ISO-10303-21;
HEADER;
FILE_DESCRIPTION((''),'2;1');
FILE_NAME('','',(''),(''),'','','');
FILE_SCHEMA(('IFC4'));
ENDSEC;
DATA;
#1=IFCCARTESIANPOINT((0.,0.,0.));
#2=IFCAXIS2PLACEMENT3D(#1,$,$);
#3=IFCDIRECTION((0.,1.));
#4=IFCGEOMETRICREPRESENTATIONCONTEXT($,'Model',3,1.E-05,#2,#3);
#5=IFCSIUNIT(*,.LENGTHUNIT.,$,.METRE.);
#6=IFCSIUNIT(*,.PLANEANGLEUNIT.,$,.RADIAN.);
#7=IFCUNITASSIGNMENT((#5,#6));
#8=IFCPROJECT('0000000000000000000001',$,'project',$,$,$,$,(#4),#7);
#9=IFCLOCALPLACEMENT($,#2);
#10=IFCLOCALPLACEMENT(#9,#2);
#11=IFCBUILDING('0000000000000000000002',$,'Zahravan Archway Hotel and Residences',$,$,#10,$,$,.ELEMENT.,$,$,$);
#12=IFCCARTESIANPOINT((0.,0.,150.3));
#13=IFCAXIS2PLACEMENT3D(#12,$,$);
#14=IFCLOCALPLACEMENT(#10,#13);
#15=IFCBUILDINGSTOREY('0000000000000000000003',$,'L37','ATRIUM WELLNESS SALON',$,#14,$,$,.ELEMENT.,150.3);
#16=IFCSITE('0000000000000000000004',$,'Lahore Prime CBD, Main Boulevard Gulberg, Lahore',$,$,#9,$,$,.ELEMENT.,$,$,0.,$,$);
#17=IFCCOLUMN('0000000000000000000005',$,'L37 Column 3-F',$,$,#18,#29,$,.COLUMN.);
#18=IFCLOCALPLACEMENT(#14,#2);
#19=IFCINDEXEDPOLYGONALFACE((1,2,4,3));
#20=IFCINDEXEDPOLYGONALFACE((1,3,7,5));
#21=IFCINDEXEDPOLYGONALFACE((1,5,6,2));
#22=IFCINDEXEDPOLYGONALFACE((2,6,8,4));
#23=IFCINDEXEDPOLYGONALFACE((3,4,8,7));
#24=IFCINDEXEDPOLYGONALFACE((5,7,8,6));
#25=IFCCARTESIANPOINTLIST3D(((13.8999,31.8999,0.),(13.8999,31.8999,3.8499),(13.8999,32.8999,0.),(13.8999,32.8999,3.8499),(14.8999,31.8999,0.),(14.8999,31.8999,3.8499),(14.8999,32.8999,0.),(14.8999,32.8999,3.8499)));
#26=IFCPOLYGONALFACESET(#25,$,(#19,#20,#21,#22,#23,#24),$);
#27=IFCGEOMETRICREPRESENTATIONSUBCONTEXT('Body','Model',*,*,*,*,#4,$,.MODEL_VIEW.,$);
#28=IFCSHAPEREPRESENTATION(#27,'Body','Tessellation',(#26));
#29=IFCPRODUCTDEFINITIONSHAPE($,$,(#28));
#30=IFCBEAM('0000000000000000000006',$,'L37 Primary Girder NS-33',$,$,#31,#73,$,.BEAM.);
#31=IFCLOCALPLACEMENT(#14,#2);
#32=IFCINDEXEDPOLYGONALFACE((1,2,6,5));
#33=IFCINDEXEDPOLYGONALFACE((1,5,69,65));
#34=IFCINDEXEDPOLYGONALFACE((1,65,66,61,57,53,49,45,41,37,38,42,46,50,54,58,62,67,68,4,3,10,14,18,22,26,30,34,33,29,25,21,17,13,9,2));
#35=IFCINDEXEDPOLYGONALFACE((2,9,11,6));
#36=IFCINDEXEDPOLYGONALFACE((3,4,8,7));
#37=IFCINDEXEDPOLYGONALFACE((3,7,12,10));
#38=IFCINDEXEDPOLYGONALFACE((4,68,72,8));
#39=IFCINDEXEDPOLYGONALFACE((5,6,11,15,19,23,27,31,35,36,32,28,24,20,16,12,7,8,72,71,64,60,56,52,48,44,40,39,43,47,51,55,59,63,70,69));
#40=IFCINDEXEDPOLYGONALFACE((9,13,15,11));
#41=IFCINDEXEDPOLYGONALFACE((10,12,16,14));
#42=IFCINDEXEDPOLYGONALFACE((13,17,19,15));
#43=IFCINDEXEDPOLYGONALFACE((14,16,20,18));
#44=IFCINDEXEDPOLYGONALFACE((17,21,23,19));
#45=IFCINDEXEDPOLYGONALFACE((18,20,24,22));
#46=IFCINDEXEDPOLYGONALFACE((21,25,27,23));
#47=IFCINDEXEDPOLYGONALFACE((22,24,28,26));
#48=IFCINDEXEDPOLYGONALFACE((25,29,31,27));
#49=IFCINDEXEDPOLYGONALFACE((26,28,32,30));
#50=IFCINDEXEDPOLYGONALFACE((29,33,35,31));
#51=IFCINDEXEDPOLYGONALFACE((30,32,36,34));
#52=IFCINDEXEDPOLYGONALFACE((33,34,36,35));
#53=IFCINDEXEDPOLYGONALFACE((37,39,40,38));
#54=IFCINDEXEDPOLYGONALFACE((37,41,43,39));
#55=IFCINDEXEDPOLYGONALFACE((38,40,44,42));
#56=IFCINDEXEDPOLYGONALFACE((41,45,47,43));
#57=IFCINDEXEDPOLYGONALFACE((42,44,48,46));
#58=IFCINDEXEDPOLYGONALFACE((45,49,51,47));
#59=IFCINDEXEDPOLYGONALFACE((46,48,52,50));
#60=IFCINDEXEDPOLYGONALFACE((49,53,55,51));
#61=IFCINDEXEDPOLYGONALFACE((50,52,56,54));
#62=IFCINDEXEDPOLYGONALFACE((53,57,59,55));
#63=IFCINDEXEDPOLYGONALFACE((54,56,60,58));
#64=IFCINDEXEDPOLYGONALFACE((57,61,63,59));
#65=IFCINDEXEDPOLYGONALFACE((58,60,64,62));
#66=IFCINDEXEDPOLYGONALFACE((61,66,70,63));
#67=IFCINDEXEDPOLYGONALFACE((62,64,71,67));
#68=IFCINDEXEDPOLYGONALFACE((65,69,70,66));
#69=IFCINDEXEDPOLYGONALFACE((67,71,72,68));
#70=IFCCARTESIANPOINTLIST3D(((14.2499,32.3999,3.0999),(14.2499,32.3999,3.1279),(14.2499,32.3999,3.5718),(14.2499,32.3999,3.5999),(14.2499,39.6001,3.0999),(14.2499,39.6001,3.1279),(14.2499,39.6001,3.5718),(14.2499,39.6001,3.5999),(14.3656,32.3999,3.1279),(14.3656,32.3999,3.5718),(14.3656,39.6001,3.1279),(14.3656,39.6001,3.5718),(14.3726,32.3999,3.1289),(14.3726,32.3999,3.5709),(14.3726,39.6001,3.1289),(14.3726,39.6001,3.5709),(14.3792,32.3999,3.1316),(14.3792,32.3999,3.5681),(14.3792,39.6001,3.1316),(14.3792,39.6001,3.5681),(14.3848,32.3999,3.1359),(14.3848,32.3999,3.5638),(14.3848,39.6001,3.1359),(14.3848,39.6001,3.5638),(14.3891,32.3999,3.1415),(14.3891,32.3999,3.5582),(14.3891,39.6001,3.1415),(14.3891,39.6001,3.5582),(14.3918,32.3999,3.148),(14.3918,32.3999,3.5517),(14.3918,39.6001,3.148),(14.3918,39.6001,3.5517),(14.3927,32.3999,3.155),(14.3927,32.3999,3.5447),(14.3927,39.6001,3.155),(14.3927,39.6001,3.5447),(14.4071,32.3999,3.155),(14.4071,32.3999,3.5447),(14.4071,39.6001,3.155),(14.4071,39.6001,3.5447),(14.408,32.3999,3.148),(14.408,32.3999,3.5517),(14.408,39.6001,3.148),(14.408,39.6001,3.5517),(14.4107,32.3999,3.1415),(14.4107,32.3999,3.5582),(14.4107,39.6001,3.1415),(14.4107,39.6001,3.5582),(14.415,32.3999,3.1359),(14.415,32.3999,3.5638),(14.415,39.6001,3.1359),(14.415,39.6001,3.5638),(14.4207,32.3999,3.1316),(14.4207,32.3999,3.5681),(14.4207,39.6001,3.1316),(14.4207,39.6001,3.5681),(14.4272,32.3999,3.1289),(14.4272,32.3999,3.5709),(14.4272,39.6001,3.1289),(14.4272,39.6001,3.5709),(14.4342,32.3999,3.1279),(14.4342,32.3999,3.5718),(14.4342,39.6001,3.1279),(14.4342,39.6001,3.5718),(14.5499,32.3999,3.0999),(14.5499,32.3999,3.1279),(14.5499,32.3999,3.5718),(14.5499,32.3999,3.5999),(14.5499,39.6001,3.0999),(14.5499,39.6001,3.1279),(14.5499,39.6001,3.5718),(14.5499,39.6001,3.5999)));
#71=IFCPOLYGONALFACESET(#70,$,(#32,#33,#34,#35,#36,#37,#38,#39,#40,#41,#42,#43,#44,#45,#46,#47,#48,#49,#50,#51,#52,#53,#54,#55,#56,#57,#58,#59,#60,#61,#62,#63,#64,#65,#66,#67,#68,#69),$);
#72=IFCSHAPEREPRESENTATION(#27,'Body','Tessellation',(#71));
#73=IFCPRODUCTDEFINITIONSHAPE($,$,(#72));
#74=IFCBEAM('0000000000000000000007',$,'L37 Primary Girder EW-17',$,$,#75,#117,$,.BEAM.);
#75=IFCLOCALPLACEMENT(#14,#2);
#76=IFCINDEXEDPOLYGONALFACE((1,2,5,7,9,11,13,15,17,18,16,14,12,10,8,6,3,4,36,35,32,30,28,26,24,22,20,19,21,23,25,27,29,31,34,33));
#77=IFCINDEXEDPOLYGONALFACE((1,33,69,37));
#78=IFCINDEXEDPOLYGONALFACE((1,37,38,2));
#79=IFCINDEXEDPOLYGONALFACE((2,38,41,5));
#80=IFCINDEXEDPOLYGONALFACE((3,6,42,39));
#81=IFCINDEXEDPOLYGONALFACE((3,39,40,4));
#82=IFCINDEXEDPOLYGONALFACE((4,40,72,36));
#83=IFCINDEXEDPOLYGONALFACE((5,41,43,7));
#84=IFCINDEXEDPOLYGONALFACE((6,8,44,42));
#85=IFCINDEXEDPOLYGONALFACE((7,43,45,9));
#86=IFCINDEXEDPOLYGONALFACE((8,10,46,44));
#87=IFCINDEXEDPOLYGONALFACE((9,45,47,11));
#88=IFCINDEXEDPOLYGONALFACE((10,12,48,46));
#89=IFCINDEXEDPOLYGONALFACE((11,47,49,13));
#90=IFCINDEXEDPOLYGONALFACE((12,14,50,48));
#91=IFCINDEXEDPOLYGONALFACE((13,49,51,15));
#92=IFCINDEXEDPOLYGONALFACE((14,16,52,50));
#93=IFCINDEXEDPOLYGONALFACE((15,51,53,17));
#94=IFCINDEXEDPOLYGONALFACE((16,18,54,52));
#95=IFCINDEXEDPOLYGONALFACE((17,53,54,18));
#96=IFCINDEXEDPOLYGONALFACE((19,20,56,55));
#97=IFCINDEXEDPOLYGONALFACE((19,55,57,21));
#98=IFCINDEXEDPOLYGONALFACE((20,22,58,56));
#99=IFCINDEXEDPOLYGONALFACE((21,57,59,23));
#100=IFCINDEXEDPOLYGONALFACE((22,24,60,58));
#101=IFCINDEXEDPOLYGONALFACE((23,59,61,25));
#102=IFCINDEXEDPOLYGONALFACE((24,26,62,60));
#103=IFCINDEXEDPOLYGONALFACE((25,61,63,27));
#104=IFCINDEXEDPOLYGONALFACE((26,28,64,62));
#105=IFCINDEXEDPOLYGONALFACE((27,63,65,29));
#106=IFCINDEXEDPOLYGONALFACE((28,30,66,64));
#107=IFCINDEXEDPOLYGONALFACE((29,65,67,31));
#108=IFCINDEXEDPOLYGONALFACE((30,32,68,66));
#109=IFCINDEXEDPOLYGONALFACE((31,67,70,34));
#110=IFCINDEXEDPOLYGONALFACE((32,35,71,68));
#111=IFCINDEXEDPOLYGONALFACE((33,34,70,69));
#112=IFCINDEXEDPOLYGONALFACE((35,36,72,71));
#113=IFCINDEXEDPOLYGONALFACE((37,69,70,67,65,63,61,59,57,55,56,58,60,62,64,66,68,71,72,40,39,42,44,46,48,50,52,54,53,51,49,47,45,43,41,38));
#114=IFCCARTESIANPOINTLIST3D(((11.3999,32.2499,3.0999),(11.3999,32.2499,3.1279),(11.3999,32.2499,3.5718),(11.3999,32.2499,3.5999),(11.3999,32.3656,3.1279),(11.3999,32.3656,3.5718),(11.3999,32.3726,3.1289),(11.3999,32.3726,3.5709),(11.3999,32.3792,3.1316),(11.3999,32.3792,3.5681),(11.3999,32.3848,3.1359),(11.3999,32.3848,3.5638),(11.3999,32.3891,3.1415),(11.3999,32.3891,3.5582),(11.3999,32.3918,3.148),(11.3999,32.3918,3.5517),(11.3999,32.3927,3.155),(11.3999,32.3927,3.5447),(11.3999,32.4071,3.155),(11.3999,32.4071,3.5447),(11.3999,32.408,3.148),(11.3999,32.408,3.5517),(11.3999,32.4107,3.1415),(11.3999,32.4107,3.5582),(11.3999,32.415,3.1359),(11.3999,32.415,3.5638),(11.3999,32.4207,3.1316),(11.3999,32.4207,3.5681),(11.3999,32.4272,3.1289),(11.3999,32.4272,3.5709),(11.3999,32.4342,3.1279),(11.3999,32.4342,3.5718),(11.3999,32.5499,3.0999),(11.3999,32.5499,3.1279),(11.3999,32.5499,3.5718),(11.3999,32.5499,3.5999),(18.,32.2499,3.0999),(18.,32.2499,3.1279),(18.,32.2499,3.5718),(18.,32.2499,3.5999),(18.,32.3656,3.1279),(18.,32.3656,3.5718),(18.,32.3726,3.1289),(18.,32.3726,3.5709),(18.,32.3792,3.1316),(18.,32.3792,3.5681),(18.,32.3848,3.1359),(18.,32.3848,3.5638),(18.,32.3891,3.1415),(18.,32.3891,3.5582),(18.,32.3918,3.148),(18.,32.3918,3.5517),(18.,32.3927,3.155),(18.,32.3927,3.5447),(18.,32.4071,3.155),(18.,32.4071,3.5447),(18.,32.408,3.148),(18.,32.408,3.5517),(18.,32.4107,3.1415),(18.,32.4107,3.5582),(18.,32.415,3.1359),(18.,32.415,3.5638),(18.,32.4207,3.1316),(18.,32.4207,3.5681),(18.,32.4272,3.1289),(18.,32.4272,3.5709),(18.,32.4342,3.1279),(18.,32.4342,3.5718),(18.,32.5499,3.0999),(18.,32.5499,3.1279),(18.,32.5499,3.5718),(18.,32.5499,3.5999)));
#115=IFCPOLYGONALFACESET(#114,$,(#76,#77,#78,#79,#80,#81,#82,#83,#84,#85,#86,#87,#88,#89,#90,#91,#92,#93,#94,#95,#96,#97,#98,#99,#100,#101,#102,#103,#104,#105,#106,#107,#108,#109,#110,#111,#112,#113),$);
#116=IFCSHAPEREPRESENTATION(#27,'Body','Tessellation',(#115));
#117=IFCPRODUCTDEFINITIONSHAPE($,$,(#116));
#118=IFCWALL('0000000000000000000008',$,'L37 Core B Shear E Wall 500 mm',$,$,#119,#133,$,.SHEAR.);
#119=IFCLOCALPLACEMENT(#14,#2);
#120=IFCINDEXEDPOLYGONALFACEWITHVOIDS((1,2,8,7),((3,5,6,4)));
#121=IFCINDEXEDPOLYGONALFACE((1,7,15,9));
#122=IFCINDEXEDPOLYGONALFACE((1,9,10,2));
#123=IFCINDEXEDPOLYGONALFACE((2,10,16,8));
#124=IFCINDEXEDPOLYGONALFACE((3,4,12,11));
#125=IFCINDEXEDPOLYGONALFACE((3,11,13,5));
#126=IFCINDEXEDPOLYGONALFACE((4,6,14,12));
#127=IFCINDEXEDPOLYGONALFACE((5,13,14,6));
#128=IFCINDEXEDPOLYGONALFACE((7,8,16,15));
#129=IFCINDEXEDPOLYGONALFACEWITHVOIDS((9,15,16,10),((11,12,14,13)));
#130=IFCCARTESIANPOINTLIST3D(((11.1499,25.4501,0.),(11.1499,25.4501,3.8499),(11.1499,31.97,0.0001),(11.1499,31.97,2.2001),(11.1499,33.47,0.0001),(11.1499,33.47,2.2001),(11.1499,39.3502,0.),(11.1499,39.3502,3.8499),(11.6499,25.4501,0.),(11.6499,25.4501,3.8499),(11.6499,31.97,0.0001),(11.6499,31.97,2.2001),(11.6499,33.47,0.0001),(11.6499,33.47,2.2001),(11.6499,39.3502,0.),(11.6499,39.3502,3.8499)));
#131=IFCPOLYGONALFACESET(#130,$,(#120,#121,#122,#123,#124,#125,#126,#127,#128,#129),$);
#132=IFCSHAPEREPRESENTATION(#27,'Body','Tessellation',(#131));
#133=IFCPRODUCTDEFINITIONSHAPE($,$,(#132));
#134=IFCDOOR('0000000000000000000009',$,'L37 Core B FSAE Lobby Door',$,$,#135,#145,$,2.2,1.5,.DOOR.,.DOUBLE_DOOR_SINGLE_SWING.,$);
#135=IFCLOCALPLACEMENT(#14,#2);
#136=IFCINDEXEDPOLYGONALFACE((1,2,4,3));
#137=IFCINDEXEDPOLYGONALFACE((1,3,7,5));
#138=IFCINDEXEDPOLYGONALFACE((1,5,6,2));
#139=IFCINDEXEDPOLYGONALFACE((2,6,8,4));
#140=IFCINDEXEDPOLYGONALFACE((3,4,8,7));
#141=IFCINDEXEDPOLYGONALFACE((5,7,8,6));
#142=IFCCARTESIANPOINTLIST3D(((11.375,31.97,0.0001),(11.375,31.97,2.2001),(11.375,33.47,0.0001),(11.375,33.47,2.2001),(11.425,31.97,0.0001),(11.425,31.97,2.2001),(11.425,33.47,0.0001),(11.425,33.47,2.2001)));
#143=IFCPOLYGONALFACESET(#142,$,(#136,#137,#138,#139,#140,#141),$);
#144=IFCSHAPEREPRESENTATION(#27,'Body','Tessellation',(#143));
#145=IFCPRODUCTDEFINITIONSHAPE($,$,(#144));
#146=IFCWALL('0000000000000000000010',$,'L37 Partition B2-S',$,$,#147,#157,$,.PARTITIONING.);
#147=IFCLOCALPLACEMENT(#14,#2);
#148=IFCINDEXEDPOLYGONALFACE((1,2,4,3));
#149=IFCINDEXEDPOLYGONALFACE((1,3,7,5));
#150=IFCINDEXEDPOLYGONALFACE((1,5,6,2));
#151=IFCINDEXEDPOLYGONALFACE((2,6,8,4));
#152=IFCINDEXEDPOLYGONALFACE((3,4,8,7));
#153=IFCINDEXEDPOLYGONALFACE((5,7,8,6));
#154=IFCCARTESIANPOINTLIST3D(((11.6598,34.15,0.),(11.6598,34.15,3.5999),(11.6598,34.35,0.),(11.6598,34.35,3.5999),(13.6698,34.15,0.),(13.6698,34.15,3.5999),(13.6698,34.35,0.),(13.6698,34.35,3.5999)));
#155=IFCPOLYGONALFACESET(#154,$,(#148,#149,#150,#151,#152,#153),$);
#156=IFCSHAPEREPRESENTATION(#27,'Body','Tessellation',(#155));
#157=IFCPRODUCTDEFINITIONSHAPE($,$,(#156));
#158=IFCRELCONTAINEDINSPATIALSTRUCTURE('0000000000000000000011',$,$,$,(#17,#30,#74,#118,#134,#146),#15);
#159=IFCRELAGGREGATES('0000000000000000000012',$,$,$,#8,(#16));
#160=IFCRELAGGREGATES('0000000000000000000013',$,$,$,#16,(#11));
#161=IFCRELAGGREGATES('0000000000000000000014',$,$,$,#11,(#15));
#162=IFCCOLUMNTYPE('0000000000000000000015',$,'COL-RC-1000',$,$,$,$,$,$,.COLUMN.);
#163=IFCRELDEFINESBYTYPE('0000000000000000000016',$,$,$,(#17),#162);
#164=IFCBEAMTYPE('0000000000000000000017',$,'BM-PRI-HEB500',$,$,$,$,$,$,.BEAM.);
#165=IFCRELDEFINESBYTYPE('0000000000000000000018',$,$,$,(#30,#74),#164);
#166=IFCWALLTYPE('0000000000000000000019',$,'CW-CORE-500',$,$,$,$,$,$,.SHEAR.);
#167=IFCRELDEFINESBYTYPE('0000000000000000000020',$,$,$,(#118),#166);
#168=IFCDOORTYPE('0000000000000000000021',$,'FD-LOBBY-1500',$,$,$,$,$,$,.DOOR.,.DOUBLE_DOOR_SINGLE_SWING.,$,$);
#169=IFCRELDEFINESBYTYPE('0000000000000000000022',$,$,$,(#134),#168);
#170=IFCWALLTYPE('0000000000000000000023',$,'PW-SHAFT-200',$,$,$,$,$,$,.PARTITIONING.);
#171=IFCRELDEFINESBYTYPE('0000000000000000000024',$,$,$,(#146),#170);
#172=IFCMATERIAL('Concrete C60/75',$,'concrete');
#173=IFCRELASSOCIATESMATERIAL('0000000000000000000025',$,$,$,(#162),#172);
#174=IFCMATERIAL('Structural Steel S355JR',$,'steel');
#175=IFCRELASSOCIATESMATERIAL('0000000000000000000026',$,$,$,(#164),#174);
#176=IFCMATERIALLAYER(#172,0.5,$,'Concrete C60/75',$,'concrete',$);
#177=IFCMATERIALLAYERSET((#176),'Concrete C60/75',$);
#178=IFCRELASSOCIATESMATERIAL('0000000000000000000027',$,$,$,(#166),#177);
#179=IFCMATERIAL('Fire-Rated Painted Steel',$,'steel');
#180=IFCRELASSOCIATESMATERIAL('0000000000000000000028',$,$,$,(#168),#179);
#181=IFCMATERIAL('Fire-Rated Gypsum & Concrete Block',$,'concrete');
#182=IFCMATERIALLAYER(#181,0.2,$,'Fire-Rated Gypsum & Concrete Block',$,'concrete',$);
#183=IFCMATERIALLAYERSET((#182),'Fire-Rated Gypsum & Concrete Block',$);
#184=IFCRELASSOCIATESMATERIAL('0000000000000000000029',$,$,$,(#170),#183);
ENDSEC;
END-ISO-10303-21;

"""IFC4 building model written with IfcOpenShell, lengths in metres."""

from ifc_helpers import new_model, si_unit, direction, frame, frame_2d, origin, origin_2d, place, context, subcontext, project, spatial, rectangle, i_section, extrude, source, transform, mapped, material, layer, layer_set, material_profile, profile_set, type_object, type_shapes, element, fill, save


model = new_model("IFC4")

# Units and contexts
model_context = context("Model", 3, precision=1e-05, world=origin(), true_north=direction((0.0, 1.0)))
body_context = subcontext(model_context, "Body", "Model", "MODEL_VIEW")
ifc_project = project(units=[si_unit("LENGTHUNIT", "METRE"), si_unit("PLANEANGLEUNIT", "RADIAN")], contexts=[model_context])

# Site, building, storey
site_placement = place(None, origin())
site = spatial("IfcSite", under=ifc_project, at=site_placement, Name="Lahore Prime CBD, Main Boulevard Gulberg, Lahore", CompositionType="ELEMENT", RefElevation=0.0)
building_placement = place(site_placement, origin())
building = spatial("IfcBuilding", under=site, at=building_placement, Name="Zahravan Archway Hotel and Residences", CompositionType="ELEMENT")
storey_placement = place(building_placement, frame((0.0, 0.0, 150.3)))
storey = spatial("IfcBuildingStorey", under=building, at=storey_placement, Name="L37", Description="ATRIUM WELLNESS SALON", CompositionType="ELEMENT", Elevation=150.3)

# Column
ifc_material_1 = material(Name="Concrete C60/75", Category="concrete")
ifc_material_profile_1 = material_profile(ifc_material_1, rectangle(XDim=1.0, YDim=1.0, at=origin_2d()), Name="RC-COL-1000x1000", Category="concrete")
ifc_profile_set_1 = profile_set([ifc_material_profile_1], Name="Concrete C60/75")
column_type = type_object("IfcColumnType", Name="COL-RC-1000", PredefinedType="COLUMN", material=ifc_profile_set_1)
shared_shape_1 = source(origin(), body_context, "Body", "SweptSolid", [
    extrude(rectangle(XDim=1.0, YDim=1.0, at=origin_2d()), origin(), (0.0, 0.0, 1.0), 3.8499),
])
column_placement = place(storey_placement, frame((14.3999, 32.3999, 0.0), z_axis=(0.0, 0.0, 1.0), x_axis=(1.0, 0.0, 0.0)))
element("IfcColumn", 1, at=column_placement, inside=storey, type_object=column_type, Name="L37 Column 3-F", PredefinedType="COLUMN", context=body_context, shape_type="MappedRepresentation", body=[
    mapped(shared_shape_1, transform((0.0, 0.0, 0.0), scale=1.0)),
])

# Beams
ifc_material_2 = material(Name="Structural Steel S355JR", Category="steel")
ifc_material_profile_2 = material_profile(ifc_material_2, i_section(OverallWidth=0.3, OverallDepth=0.5, WebThickness=0.0144, FlangeThickness=0.0281, FilletRadius=0.0271, at=origin_2d()), Name="HEB 500", Category="steel")
ifc_profile_set_2 = profile_set([ifc_material_profile_2], Name="Structural Steel S355JR")
beam_type = type_object("IfcBeamType", Name="BM-PRI-HEB500", PredefinedType="BEAM", material=ifc_profile_set_2)
shared_shape_2 = source(origin(), body_context, "Body", "SweptSolid", [
    extrude(i_section(OverallWidth=0.3, OverallDepth=0.5, WebThickness=0.0144, FlangeThickness=0.0281, FilletRadius=0.0271, at=origin_2d()), origin(), (0.0, 0.0, 1.0), 7.2002),
])
type_shapes(beam_type, [shared_shape_2])
beam_1_placement = place(storey_placement, frame((14.3999, 32.3999, 3.3499), z_axis=(0.0, 1.0, 0.0), x_axis=(-1.0, 0.0, 0.0)))
element("IfcBeam", 2, at=beam_1_placement, inside=storey, type_object=beam_type, Name="L37 Primary Girder NS-33", PredefinedType="BEAM", context=body_context, shape_type="MappedRepresentation", body=[
    mapped(shared_shape_2, transform((0.0, 0.0, 0.0), scale=1.0)),
])
shared_shape_3 = source(origin(), body_context, "Body", "SweptSolid", [
    extrude(i_section(OverallWidth=0.3, OverallDepth=0.5, WebThickness=0.0144, FlangeThickness=0.0281, FilletRadius=0.0271, at=origin_2d()), origin(), (0.0, 0.0, 1.0), 6.6001),
])
beam_2_placement = place(storey_placement, frame((11.3999, 32.3999, 3.3499), z_axis=(1.0, 0.0, 0.0), x_axis=(0.0, 1.0, 0.0)))
element("IfcBeam", 3, at=beam_2_placement, inside=storey, type_object=beam_type, Name="L37 Primary Girder EW-17", PredefinedType="BEAM", context=body_context, shape_type="MappedRepresentation", body=[
    mapped(shared_shape_3, transform((0.0, 0.0, 0.0), scale=1.0)),
])

# Wall, opening, door
ifc_layer_1 = layer(ifc_material_1, 0.5, Name="Concrete C60/75", Category="concrete")
ifc_layer_set_1 = layer_set([ifc_layer_1], Name="Concrete C60/75")
wall_type_1 = type_object("IfcWallType", Name="CW-CORE-500", PredefinedType="SHEAR", material=ifc_layer_set_1)
wall_1_placement = place(storey_placement, frame((11.3999, 25.45, 0.0), z_axis=(0.0, 0.0, 1.0), x_axis=(0.0, 1.0, 0.0)))
wall_1 = element("IfcWall", 4, at=wall_1_placement, inside=storey, type_object=wall_type_1, Name="L37 Core B Shear E Wall 500 mm", PredefinedType="SHEAR", context=body_context, shape_type="SweptSolid", body=[
    extrude(rectangle(XDim=13.9001, YDim=0.5, at=frame_2d((6.9502, 0.0))), origin(), (0.0, 0.0, 1.0), 3.8499),
])
opening_1_placement = place(wall_1_placement, frame((6.52, 0.0, 0.0)))
opening_1 = element("IfcOpeningElement", 5, at=opening_1_placement, cuts=wall_1, PredefinedType="OPENING", context=body_context, shape_type="SweptSolid", body=[
    extrude(rectangle(XDim=1.5, YDim=2.2, at=frame_2d((0.75, 1.1001))), frame((0.0, 0.26, 0.0), z_axis=(0.0, -1.0, 0.0), x_axis=(1.0, 0.0, 0.0)), (0.0, 0.0, 1.0), 0.52),
])
ifc_material_3 = material(Name="Fire-Rated Painted Steel", Category="steel")
door_type_1 = type_object("IfcDoorType", Name="FD-LOBBY-1500", OperationType="DOUBLE_DOOR_SINGLE_SWING", PredefinedType="DOOR", material=ifc_material_3)
shared_shape_4 = source(origin(), body_context, "Body", "SweptSolid", [
    extrude(rectangle(XDim=1.5, YDim=2.2, at=frame_2d((0.75, 1.1001))), frame((0.0, 0.0249, 0.0), z_axis=(0.0, -1.0, 0.0), x_axis=(1.0, 0.0, 0.0)), (0.0, 0.0, 1.0), 0.05),
])
type_shapes(door_type_1, [shared_shape_4])
door_1_placement = place(opening_1_placement, origin())
door_1 = element("IfcDoor", 6, at=door_1_placement, inside=storey, type_object=door_type_1, Name="L37 Core B FSAE Lobby Door", OperationType="DOUBLE_DOOR_SINGLE_SWING", OverallHeight=2.2, OverallWidth=1.5, PredefinedType="DOOR", context=body_context, shape_type="MappedRepresentation", body=[
    mapped(shared_shape_4, transform((0.0, 0.0, 0.0), scale=1.0)),
])
fill(opening_1, door_1)

# Wall
ifc_material_4 = material(Name="Fire-Rated Gypsum & Concrete Block", Category="concrete")
ifc_layer_2 = layer(ifc_material_4, 0.2, Name="Fire-Rated Gypsum & Concrete Block", Category="concrete")
ifc_layer_set_2 = layer_set([ifc_layer_2], Name="Fire-Rated Gypsum & Concrete Block")
wall_type_2 = type_object("IfcWallType", Name="PW-SHAFT-200", PredefinedType="PARTITIONING", material=ifc_layer_set_2)
wall_2_placement = place(storey_placement, frame((11.6599, 34.25, 0.0), z_axis=(0.0, 0.0, 1.0), x_axis=(1.0, 0.0, 0.0)))
element("IfcWall", 7, at=wall_2_placement, inside=storey, type_object=wall_type_2, Name="L37 Partition B2-S", PredefinedType="PARTITIONING", context=body_context, shape_type="SweptSolid", body=[
    extrude(rectangle(XDim=2.01, YDim=0.2, at=frame_2d((1.0049, 0.0))), origin(), (0.0, 0.0, 1.0), 3.5999),
])

save(model, "model.ifc")
